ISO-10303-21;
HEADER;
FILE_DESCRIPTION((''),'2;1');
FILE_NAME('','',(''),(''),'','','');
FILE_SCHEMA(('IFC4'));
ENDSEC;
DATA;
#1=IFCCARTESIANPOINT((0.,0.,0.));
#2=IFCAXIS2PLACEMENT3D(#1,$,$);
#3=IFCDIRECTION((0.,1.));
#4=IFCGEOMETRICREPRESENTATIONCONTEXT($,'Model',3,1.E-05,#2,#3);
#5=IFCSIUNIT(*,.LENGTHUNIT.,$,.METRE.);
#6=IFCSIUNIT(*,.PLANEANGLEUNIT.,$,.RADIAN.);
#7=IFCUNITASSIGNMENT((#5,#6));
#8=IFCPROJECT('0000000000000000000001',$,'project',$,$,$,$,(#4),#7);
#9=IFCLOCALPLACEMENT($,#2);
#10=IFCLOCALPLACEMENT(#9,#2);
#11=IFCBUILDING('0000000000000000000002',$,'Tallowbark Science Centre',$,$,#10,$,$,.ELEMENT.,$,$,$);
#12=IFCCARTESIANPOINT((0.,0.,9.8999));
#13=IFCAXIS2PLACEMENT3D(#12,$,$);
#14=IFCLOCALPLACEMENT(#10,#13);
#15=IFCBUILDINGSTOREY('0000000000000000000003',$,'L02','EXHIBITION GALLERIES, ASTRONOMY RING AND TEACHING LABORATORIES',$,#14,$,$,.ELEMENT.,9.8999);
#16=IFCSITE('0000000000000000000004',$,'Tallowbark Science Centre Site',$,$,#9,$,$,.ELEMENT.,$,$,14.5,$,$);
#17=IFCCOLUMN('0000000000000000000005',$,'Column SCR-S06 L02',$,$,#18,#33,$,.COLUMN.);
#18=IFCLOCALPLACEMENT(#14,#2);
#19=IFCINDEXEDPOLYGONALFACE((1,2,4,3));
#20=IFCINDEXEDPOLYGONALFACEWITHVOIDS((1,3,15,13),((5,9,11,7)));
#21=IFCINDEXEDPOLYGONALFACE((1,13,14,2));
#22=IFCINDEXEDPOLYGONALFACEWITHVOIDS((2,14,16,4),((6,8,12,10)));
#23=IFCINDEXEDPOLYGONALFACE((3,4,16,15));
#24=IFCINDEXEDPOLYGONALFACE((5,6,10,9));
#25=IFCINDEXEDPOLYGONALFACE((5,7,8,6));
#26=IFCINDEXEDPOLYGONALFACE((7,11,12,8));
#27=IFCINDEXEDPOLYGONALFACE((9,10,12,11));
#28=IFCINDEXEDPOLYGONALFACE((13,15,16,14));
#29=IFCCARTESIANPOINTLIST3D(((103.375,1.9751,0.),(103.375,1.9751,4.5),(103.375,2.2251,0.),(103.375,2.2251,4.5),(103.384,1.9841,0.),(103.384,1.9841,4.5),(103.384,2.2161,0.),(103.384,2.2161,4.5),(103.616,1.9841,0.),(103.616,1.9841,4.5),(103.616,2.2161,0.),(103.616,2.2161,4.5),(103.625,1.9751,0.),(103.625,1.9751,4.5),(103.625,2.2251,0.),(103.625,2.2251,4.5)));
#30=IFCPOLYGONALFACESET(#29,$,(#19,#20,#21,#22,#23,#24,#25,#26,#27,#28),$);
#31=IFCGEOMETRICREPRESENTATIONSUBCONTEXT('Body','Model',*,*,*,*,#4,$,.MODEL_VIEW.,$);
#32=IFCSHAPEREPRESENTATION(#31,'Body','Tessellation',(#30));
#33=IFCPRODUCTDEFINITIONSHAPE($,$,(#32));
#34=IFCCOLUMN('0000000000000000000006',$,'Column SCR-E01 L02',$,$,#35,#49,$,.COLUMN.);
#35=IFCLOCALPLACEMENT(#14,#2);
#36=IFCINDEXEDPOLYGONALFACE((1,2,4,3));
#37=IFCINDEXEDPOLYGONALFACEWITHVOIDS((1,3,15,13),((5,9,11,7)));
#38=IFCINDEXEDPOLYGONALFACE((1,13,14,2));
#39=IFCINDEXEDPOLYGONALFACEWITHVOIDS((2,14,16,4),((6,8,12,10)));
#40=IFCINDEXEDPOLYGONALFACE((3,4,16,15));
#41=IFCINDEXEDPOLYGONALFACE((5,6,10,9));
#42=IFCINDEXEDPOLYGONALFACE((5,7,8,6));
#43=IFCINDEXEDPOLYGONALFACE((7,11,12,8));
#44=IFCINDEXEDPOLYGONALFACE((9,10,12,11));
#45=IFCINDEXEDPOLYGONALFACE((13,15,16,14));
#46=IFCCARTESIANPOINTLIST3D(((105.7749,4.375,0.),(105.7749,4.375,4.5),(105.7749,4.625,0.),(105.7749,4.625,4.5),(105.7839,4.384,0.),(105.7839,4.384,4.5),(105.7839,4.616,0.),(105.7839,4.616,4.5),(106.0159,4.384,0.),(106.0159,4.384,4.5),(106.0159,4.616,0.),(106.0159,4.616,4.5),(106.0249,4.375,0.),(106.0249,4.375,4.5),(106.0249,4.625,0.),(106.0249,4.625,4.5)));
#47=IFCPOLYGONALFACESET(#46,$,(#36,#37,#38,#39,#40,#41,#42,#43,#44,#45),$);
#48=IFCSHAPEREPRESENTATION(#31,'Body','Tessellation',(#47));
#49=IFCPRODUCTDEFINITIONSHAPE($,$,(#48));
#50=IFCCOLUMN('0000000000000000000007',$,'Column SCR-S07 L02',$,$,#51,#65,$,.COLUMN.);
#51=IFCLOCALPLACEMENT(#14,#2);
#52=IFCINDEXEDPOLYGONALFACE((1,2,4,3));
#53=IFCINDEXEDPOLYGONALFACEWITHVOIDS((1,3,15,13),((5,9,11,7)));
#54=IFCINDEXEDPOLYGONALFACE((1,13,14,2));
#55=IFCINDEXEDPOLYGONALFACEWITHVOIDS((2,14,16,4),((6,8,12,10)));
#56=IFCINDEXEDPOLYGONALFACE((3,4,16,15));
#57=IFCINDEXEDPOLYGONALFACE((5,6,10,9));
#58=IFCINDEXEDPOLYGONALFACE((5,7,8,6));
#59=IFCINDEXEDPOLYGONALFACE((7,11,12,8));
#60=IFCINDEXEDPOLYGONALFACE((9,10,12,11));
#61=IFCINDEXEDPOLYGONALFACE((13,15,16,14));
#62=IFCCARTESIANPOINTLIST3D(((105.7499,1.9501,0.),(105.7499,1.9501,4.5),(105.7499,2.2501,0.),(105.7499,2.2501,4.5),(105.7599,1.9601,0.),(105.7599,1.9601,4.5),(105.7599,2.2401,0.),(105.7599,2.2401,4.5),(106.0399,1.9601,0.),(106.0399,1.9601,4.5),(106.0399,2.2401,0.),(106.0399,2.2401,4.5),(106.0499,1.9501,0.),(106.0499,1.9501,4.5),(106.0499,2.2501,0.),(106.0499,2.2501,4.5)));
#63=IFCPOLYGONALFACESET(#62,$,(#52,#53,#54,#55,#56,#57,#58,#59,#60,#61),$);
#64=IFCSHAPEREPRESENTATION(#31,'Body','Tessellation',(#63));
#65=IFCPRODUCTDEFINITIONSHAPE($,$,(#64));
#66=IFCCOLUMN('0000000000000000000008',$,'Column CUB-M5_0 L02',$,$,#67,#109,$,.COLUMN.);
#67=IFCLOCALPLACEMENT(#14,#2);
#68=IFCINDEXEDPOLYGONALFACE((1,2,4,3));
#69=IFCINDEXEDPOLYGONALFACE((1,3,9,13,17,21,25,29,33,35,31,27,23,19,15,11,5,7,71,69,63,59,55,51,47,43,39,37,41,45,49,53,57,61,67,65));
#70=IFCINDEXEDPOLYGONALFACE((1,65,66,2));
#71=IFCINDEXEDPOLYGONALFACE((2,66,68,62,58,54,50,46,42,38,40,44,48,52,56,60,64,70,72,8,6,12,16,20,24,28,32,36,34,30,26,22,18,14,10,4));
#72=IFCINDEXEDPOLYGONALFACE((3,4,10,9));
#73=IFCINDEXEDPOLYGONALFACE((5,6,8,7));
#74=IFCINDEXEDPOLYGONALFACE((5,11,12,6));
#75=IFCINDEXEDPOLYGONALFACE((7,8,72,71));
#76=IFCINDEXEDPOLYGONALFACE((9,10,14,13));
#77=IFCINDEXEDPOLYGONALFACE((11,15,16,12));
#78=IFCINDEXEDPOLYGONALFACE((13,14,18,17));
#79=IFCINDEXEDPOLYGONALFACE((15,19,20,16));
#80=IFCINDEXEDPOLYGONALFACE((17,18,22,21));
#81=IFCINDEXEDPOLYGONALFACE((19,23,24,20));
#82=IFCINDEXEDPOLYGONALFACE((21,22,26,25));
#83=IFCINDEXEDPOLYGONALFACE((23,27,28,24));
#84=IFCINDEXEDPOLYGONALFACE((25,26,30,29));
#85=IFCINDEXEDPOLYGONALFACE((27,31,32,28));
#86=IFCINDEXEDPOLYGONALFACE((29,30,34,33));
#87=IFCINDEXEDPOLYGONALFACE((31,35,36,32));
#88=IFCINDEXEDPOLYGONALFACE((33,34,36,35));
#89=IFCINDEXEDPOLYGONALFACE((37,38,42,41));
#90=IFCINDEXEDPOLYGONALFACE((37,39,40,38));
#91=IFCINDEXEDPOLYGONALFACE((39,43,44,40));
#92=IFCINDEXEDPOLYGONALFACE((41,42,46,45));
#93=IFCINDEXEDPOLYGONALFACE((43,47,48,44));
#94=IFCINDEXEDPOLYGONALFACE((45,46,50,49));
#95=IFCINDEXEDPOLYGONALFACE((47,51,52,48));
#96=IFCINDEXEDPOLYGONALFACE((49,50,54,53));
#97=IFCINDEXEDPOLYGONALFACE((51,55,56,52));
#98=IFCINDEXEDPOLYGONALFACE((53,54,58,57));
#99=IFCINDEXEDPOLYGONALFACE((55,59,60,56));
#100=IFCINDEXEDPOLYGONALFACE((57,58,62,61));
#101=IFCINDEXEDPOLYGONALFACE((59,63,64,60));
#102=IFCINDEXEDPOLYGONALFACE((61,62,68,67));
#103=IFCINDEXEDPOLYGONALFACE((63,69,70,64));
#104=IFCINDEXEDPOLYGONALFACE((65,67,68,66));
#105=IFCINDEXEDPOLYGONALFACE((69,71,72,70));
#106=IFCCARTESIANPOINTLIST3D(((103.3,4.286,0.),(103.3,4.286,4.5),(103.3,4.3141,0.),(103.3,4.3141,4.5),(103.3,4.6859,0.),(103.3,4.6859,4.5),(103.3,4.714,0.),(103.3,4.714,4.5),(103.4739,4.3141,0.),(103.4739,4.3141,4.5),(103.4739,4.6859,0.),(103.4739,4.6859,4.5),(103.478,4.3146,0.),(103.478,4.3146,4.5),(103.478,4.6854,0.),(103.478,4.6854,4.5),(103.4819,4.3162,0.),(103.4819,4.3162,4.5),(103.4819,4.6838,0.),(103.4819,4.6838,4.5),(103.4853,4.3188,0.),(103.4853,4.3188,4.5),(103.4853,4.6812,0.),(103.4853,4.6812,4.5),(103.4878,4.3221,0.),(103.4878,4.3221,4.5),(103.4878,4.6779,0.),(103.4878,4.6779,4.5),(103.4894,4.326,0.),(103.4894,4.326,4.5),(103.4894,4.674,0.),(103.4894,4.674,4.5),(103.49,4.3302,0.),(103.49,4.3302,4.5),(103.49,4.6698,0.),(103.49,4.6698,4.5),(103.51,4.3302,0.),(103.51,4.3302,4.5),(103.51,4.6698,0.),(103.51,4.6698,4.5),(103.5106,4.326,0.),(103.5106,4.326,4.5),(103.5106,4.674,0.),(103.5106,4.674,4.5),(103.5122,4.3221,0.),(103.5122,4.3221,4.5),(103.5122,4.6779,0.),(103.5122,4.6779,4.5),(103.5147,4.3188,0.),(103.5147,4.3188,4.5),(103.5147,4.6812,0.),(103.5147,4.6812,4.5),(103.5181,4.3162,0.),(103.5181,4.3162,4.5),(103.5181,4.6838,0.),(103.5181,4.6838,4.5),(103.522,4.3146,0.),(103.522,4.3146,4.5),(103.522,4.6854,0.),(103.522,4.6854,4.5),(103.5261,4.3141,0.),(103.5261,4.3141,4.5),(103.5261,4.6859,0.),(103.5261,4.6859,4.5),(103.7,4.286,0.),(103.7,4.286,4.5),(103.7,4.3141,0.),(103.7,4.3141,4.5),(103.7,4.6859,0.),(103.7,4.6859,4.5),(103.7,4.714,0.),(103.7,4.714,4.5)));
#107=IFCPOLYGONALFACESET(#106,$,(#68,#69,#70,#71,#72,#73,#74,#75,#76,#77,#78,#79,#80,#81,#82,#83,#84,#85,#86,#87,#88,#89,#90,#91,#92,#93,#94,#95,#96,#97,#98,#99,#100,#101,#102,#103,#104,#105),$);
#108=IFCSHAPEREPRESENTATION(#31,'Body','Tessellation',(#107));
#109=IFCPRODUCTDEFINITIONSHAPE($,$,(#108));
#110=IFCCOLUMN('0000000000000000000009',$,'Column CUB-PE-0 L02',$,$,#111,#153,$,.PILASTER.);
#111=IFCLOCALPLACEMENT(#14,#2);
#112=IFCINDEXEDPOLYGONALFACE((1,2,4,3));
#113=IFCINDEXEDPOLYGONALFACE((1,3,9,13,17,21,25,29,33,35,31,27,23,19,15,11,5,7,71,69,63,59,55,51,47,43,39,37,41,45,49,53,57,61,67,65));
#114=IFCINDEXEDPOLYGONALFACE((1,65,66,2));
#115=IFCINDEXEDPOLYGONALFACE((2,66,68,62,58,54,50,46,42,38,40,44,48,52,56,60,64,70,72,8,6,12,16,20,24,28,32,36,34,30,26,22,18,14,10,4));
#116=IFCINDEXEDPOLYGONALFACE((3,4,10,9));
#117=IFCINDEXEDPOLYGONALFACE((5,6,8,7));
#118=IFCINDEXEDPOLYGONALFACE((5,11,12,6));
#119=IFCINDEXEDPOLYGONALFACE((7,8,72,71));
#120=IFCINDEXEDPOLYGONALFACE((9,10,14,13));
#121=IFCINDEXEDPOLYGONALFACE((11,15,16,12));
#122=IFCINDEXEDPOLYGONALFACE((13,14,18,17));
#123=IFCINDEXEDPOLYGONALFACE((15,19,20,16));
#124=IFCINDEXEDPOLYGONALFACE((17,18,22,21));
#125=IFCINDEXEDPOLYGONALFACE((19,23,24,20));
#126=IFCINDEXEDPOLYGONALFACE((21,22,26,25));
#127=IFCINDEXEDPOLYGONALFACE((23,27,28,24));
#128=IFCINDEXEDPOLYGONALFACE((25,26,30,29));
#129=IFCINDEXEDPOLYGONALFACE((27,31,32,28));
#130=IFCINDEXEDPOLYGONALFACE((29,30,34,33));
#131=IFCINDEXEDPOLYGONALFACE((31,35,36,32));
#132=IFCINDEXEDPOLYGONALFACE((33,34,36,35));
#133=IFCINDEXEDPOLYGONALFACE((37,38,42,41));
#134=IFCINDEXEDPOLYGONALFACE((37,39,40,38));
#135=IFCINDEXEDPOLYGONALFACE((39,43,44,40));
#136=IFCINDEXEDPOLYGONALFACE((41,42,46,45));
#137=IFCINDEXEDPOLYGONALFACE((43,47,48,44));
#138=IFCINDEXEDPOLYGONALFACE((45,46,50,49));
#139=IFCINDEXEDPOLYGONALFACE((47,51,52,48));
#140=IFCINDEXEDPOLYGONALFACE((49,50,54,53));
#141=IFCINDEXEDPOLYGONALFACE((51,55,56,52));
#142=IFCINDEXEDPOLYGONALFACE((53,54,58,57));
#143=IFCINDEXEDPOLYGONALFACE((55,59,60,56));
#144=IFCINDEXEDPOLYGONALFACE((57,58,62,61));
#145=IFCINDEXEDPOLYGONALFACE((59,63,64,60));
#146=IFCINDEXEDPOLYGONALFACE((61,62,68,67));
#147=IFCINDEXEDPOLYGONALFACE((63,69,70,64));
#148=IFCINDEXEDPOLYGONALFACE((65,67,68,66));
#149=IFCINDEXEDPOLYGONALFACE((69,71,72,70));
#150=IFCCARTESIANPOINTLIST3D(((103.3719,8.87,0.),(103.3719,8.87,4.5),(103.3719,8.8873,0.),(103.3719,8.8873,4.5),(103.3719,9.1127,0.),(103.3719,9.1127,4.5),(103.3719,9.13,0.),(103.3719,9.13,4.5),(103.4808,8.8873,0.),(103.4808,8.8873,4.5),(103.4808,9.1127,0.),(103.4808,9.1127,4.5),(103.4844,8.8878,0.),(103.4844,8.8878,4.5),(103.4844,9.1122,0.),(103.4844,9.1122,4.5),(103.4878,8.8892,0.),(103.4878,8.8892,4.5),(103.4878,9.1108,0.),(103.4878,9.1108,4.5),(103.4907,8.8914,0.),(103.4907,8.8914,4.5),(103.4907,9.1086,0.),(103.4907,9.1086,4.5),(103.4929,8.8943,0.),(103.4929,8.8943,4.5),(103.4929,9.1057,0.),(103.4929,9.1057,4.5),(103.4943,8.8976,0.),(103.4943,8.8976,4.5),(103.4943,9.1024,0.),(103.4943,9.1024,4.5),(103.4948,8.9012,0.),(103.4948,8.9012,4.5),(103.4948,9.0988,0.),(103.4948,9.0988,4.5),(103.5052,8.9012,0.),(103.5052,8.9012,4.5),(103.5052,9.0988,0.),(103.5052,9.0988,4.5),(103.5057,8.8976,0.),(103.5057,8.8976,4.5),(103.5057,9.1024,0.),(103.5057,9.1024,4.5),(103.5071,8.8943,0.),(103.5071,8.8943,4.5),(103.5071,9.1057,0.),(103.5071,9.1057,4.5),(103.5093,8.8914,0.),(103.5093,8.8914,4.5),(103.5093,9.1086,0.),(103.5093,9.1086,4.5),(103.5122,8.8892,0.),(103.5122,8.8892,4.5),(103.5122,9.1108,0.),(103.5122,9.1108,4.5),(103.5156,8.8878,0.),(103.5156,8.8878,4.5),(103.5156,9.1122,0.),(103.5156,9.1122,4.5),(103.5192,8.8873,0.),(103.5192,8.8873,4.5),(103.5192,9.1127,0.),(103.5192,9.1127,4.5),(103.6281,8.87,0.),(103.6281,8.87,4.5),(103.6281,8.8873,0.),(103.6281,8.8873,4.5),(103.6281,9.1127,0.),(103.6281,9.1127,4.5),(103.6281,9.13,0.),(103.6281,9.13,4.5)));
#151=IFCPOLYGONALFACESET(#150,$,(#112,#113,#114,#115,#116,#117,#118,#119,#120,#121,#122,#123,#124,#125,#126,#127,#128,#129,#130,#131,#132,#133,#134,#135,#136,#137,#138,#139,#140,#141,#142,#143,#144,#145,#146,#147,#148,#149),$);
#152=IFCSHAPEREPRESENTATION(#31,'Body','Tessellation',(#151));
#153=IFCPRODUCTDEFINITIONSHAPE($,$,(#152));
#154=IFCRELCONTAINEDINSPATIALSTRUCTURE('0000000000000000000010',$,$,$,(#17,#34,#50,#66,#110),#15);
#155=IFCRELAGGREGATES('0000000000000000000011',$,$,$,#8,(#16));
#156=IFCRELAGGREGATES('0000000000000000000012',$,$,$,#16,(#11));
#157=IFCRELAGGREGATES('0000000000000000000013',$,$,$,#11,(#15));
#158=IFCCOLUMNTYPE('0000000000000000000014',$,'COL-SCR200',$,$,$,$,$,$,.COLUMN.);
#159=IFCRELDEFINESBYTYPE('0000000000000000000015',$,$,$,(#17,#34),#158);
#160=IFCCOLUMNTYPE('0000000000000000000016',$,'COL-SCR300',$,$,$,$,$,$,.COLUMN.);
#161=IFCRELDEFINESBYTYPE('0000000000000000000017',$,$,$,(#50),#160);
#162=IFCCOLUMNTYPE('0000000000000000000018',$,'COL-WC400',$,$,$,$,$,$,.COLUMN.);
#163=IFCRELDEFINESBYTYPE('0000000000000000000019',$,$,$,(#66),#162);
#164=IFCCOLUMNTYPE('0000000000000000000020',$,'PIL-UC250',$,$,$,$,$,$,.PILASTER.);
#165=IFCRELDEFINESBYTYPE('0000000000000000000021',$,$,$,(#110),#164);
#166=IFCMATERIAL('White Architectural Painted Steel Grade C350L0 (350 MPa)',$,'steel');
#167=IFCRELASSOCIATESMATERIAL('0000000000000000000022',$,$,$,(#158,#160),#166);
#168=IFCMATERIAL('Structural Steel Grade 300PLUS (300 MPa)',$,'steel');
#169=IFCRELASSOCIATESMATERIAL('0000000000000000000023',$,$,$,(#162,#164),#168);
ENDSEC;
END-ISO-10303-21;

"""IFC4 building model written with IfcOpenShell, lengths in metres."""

from ifc_helpers import new_model, si_unit, direction, frame, origin, origin_2d, place, context, subcontext, project, spatial, hollow_rectangle, i_section, extrude, material, material_profile, profile_set, type_object, element, save


model = new_model("IFC4")

# Units and contexts
model_context = context("Model", 3, precision=1e-05, world=origin(), true_north=direction((0.0, 1.0)))
body_context = subcontext(model_context, "Body", "Model", "MODEL_VIEW")
ifc_project = project(units=[si_unit("LENGTHUNIT", "METRE"), si_unit("PLANEANGLEUNIT", "RADIAN")], contexts=[model_context])

# Site, building, storey
site_placement = place(None, origin())
site = spatial("IfcSite", under=ifc_project, at=site_placement, Name="Tallowbark Science Centre Site", CompositionType="ELEMENT", RefElevation=14.5)
building_placement = place(site_placement, origin())
building = spatial("IfcBuilding", under=site, at=building_placement, Name="Tallowbark Science Centre", CompositionType="ELEMENT")
storey_placement = place(building_placement, frame((0.0, 0.0, 9.8999)))
storey = spatial("IfcBuildingStorey", under=building, at=storey_placement, Name="L02", Description="EXHIBITION GALLERIES, ASTRONOMY RING AND TEACHING LABORATORIES", CompositionType="ELEMENT", Elevation=9.8999)

# Columns
ifc_material_1 = material(Name="White Architectural Painted Steel Grade C350L0 (350 MPa)", Category="steel")
ifc_material_profile_1 = material_profile(ifc_material_1, hollow_rectangle(XDim=0.25, YDim=0.25, WallThickness=0.009, at=origin_2d()), Name="250x250x9.0SHS")
ifc_profile_set_1 = profile_set([ifc_material_profile_1], Name="White Architectural Painted Steel Grade C350L0 (350 MPa)")
column_type_1 = type_object("IfcColumnType", Name="COL-SCR200", PredefinedType="COLUMN", material=ifc_profile_set_1)
for number, where, z_axis, x_axis, name in (
    (1, (103.5, 2.1001, 0.0), (0.0, 0.0, 1.0), (1.0, 0.0, 0.0), "Column SCR-S06 L02"),
    (2, (105.8999, 4.5, 0.0), (0.0, 0.0, 1.0), (1.0, 0.0, 0.0), "Column SCR-E01 L02"),
):
    element("IfcColumn", number, at=place(storey_placement, frame(where, z_axis=z_axis, x_axis=x_axis)), inside=storey, type_object=column_type_1, Name=name, PredefinedType="COLUMN", context=body_context, shape_type="SweptSolid", body=[
        extrude(hollow_rectangle(XDim=0.25, YDim=0.25, WallThickness=0.009, at=origin_2d()), origin(), (0.0, 0.0, 1.0), 4.5),
    ])
ifc_material_profile_2 = material_profile(ifc_material_1, hollow_rectangle(XDim=0.3, YDim=0.3, WallThickness=0.01, at=origin_2d()), Name="300x300x10.0SHS")
ifc_profile_set_2 = profile_set([ifc_material_profile_2], Name="White Architectural Painted Steel Grade C350L0 (350 MPa)")
column_type_2 = type_object("IfcColumnType", Name="COL-SCR300", PredefinedType="COLUMN", material=ifc_profile_set_2)
column_1_placement = place(storey_placement, frame((105.8999, 2.1001, 0.0), z_axis=(0.0, 0.0, 1.0), x_axis=(1.0, 0.0, 0.0)))
element("IfcColumn", 3, at=column_1_placement, inside=storey, type_object=column_type_2, Name="Column SCR-S07 L02", PredefinedType="COLUMN", context=body_context, shape_type="SweptSolid", body=[
    extrude(hollow_rectangle(XDim=0.3, YDim=0.3, WallThickness=0.01, at=origin_2d()), origin(), (0.0, 0.0, 1.0), 4.5),
])
ifc_material_2 = material(Name="Structural Steel Grade 300PLUS (300 MPa)", Category="steel")
ifc_material_profile_3 = material_profile(ifc_material_2, i_section(OverallWidth=0.3999, OverallDepth=0.428, WebThickness=0.02, FlangeThickness=0.0281, FilletRadius=0.0161, at=origin_2d()), Name="400WC270")
ifc_profile_set_3 = profile_set([ifc_material_profile_3], Name="Structural Steel Grade 300PLUS (300 MPa)")
column_type_3 = type_object("IfcColumnType", Name="COL-WC400", PredefinedType="COLUMN", material=ifc_profile_set_3)
column_2_placement = place(storey_placement, frame((103.5, 4.5, 0.0), z_axis=(0.0, 0.0, 1.0), x_axis=(1.0, 0.0, 0.0)))
element("IfcColumn", 4, at=column_2_placement, inside=storey, type_object=column_type_3, Name="Column CUB-M5_0 L02", PredefinedType="COLUMN", context=body_context, shape_type="SweptSolid", body=[
    extrude(i_section(OverallWidth=0.3999, OverallDepth=0.428, WebThickness=0.02, FlangeThickness=0.0281, FilletRadius=0.0161, at=origin_2d()), origin(), (0.0, 0.0, 1.0), 4.5),
])
ifc_material_profile_4 = material_profile(ifc_material_2, i_section(OverallWidth=0.2561, OverallDepth=0.26, WebThickness=0.0105, FlangeThickness=0.0173, FilletRadius=0.0139, at=origin_2d()), Name="250UC89.5")
ifc_profile_set_4 = profile_set([ifc_material_profile_4], Name="Structural Steel Grade 300PLUS (300 MPa)")
column_type_4 = type_object("IfcColumnType", Name="PIL-UC250", PredefinedType="PILASTER", material=ifc_profile_set_4)
column_3_placement = place(storey_placement, frame((103.5, 9.0, 0.0), z_axis=(0.0, 0.0, 1.0), x_axis=(1.0, 0.0, 0.0)))
element("IfcColumn", 5, at=column_3_placement, inside=storey, type_object=column_type_4, Name="Column CUB-PE-0 L02", PredefinedType="PILASTER", context=body_context, shape_type="SweptSolid", body=[
    extrude(i_section(OverallWidth=0.2561, OverallDepth=0.26, WebThickness=0.0105, FlangeThickness=0.0173, FilletRadius=0.0139, at=origin_2d()), origin(), (0.0, 0.0, 1.0), 4.5),
])

save(model, "model.ifc")
